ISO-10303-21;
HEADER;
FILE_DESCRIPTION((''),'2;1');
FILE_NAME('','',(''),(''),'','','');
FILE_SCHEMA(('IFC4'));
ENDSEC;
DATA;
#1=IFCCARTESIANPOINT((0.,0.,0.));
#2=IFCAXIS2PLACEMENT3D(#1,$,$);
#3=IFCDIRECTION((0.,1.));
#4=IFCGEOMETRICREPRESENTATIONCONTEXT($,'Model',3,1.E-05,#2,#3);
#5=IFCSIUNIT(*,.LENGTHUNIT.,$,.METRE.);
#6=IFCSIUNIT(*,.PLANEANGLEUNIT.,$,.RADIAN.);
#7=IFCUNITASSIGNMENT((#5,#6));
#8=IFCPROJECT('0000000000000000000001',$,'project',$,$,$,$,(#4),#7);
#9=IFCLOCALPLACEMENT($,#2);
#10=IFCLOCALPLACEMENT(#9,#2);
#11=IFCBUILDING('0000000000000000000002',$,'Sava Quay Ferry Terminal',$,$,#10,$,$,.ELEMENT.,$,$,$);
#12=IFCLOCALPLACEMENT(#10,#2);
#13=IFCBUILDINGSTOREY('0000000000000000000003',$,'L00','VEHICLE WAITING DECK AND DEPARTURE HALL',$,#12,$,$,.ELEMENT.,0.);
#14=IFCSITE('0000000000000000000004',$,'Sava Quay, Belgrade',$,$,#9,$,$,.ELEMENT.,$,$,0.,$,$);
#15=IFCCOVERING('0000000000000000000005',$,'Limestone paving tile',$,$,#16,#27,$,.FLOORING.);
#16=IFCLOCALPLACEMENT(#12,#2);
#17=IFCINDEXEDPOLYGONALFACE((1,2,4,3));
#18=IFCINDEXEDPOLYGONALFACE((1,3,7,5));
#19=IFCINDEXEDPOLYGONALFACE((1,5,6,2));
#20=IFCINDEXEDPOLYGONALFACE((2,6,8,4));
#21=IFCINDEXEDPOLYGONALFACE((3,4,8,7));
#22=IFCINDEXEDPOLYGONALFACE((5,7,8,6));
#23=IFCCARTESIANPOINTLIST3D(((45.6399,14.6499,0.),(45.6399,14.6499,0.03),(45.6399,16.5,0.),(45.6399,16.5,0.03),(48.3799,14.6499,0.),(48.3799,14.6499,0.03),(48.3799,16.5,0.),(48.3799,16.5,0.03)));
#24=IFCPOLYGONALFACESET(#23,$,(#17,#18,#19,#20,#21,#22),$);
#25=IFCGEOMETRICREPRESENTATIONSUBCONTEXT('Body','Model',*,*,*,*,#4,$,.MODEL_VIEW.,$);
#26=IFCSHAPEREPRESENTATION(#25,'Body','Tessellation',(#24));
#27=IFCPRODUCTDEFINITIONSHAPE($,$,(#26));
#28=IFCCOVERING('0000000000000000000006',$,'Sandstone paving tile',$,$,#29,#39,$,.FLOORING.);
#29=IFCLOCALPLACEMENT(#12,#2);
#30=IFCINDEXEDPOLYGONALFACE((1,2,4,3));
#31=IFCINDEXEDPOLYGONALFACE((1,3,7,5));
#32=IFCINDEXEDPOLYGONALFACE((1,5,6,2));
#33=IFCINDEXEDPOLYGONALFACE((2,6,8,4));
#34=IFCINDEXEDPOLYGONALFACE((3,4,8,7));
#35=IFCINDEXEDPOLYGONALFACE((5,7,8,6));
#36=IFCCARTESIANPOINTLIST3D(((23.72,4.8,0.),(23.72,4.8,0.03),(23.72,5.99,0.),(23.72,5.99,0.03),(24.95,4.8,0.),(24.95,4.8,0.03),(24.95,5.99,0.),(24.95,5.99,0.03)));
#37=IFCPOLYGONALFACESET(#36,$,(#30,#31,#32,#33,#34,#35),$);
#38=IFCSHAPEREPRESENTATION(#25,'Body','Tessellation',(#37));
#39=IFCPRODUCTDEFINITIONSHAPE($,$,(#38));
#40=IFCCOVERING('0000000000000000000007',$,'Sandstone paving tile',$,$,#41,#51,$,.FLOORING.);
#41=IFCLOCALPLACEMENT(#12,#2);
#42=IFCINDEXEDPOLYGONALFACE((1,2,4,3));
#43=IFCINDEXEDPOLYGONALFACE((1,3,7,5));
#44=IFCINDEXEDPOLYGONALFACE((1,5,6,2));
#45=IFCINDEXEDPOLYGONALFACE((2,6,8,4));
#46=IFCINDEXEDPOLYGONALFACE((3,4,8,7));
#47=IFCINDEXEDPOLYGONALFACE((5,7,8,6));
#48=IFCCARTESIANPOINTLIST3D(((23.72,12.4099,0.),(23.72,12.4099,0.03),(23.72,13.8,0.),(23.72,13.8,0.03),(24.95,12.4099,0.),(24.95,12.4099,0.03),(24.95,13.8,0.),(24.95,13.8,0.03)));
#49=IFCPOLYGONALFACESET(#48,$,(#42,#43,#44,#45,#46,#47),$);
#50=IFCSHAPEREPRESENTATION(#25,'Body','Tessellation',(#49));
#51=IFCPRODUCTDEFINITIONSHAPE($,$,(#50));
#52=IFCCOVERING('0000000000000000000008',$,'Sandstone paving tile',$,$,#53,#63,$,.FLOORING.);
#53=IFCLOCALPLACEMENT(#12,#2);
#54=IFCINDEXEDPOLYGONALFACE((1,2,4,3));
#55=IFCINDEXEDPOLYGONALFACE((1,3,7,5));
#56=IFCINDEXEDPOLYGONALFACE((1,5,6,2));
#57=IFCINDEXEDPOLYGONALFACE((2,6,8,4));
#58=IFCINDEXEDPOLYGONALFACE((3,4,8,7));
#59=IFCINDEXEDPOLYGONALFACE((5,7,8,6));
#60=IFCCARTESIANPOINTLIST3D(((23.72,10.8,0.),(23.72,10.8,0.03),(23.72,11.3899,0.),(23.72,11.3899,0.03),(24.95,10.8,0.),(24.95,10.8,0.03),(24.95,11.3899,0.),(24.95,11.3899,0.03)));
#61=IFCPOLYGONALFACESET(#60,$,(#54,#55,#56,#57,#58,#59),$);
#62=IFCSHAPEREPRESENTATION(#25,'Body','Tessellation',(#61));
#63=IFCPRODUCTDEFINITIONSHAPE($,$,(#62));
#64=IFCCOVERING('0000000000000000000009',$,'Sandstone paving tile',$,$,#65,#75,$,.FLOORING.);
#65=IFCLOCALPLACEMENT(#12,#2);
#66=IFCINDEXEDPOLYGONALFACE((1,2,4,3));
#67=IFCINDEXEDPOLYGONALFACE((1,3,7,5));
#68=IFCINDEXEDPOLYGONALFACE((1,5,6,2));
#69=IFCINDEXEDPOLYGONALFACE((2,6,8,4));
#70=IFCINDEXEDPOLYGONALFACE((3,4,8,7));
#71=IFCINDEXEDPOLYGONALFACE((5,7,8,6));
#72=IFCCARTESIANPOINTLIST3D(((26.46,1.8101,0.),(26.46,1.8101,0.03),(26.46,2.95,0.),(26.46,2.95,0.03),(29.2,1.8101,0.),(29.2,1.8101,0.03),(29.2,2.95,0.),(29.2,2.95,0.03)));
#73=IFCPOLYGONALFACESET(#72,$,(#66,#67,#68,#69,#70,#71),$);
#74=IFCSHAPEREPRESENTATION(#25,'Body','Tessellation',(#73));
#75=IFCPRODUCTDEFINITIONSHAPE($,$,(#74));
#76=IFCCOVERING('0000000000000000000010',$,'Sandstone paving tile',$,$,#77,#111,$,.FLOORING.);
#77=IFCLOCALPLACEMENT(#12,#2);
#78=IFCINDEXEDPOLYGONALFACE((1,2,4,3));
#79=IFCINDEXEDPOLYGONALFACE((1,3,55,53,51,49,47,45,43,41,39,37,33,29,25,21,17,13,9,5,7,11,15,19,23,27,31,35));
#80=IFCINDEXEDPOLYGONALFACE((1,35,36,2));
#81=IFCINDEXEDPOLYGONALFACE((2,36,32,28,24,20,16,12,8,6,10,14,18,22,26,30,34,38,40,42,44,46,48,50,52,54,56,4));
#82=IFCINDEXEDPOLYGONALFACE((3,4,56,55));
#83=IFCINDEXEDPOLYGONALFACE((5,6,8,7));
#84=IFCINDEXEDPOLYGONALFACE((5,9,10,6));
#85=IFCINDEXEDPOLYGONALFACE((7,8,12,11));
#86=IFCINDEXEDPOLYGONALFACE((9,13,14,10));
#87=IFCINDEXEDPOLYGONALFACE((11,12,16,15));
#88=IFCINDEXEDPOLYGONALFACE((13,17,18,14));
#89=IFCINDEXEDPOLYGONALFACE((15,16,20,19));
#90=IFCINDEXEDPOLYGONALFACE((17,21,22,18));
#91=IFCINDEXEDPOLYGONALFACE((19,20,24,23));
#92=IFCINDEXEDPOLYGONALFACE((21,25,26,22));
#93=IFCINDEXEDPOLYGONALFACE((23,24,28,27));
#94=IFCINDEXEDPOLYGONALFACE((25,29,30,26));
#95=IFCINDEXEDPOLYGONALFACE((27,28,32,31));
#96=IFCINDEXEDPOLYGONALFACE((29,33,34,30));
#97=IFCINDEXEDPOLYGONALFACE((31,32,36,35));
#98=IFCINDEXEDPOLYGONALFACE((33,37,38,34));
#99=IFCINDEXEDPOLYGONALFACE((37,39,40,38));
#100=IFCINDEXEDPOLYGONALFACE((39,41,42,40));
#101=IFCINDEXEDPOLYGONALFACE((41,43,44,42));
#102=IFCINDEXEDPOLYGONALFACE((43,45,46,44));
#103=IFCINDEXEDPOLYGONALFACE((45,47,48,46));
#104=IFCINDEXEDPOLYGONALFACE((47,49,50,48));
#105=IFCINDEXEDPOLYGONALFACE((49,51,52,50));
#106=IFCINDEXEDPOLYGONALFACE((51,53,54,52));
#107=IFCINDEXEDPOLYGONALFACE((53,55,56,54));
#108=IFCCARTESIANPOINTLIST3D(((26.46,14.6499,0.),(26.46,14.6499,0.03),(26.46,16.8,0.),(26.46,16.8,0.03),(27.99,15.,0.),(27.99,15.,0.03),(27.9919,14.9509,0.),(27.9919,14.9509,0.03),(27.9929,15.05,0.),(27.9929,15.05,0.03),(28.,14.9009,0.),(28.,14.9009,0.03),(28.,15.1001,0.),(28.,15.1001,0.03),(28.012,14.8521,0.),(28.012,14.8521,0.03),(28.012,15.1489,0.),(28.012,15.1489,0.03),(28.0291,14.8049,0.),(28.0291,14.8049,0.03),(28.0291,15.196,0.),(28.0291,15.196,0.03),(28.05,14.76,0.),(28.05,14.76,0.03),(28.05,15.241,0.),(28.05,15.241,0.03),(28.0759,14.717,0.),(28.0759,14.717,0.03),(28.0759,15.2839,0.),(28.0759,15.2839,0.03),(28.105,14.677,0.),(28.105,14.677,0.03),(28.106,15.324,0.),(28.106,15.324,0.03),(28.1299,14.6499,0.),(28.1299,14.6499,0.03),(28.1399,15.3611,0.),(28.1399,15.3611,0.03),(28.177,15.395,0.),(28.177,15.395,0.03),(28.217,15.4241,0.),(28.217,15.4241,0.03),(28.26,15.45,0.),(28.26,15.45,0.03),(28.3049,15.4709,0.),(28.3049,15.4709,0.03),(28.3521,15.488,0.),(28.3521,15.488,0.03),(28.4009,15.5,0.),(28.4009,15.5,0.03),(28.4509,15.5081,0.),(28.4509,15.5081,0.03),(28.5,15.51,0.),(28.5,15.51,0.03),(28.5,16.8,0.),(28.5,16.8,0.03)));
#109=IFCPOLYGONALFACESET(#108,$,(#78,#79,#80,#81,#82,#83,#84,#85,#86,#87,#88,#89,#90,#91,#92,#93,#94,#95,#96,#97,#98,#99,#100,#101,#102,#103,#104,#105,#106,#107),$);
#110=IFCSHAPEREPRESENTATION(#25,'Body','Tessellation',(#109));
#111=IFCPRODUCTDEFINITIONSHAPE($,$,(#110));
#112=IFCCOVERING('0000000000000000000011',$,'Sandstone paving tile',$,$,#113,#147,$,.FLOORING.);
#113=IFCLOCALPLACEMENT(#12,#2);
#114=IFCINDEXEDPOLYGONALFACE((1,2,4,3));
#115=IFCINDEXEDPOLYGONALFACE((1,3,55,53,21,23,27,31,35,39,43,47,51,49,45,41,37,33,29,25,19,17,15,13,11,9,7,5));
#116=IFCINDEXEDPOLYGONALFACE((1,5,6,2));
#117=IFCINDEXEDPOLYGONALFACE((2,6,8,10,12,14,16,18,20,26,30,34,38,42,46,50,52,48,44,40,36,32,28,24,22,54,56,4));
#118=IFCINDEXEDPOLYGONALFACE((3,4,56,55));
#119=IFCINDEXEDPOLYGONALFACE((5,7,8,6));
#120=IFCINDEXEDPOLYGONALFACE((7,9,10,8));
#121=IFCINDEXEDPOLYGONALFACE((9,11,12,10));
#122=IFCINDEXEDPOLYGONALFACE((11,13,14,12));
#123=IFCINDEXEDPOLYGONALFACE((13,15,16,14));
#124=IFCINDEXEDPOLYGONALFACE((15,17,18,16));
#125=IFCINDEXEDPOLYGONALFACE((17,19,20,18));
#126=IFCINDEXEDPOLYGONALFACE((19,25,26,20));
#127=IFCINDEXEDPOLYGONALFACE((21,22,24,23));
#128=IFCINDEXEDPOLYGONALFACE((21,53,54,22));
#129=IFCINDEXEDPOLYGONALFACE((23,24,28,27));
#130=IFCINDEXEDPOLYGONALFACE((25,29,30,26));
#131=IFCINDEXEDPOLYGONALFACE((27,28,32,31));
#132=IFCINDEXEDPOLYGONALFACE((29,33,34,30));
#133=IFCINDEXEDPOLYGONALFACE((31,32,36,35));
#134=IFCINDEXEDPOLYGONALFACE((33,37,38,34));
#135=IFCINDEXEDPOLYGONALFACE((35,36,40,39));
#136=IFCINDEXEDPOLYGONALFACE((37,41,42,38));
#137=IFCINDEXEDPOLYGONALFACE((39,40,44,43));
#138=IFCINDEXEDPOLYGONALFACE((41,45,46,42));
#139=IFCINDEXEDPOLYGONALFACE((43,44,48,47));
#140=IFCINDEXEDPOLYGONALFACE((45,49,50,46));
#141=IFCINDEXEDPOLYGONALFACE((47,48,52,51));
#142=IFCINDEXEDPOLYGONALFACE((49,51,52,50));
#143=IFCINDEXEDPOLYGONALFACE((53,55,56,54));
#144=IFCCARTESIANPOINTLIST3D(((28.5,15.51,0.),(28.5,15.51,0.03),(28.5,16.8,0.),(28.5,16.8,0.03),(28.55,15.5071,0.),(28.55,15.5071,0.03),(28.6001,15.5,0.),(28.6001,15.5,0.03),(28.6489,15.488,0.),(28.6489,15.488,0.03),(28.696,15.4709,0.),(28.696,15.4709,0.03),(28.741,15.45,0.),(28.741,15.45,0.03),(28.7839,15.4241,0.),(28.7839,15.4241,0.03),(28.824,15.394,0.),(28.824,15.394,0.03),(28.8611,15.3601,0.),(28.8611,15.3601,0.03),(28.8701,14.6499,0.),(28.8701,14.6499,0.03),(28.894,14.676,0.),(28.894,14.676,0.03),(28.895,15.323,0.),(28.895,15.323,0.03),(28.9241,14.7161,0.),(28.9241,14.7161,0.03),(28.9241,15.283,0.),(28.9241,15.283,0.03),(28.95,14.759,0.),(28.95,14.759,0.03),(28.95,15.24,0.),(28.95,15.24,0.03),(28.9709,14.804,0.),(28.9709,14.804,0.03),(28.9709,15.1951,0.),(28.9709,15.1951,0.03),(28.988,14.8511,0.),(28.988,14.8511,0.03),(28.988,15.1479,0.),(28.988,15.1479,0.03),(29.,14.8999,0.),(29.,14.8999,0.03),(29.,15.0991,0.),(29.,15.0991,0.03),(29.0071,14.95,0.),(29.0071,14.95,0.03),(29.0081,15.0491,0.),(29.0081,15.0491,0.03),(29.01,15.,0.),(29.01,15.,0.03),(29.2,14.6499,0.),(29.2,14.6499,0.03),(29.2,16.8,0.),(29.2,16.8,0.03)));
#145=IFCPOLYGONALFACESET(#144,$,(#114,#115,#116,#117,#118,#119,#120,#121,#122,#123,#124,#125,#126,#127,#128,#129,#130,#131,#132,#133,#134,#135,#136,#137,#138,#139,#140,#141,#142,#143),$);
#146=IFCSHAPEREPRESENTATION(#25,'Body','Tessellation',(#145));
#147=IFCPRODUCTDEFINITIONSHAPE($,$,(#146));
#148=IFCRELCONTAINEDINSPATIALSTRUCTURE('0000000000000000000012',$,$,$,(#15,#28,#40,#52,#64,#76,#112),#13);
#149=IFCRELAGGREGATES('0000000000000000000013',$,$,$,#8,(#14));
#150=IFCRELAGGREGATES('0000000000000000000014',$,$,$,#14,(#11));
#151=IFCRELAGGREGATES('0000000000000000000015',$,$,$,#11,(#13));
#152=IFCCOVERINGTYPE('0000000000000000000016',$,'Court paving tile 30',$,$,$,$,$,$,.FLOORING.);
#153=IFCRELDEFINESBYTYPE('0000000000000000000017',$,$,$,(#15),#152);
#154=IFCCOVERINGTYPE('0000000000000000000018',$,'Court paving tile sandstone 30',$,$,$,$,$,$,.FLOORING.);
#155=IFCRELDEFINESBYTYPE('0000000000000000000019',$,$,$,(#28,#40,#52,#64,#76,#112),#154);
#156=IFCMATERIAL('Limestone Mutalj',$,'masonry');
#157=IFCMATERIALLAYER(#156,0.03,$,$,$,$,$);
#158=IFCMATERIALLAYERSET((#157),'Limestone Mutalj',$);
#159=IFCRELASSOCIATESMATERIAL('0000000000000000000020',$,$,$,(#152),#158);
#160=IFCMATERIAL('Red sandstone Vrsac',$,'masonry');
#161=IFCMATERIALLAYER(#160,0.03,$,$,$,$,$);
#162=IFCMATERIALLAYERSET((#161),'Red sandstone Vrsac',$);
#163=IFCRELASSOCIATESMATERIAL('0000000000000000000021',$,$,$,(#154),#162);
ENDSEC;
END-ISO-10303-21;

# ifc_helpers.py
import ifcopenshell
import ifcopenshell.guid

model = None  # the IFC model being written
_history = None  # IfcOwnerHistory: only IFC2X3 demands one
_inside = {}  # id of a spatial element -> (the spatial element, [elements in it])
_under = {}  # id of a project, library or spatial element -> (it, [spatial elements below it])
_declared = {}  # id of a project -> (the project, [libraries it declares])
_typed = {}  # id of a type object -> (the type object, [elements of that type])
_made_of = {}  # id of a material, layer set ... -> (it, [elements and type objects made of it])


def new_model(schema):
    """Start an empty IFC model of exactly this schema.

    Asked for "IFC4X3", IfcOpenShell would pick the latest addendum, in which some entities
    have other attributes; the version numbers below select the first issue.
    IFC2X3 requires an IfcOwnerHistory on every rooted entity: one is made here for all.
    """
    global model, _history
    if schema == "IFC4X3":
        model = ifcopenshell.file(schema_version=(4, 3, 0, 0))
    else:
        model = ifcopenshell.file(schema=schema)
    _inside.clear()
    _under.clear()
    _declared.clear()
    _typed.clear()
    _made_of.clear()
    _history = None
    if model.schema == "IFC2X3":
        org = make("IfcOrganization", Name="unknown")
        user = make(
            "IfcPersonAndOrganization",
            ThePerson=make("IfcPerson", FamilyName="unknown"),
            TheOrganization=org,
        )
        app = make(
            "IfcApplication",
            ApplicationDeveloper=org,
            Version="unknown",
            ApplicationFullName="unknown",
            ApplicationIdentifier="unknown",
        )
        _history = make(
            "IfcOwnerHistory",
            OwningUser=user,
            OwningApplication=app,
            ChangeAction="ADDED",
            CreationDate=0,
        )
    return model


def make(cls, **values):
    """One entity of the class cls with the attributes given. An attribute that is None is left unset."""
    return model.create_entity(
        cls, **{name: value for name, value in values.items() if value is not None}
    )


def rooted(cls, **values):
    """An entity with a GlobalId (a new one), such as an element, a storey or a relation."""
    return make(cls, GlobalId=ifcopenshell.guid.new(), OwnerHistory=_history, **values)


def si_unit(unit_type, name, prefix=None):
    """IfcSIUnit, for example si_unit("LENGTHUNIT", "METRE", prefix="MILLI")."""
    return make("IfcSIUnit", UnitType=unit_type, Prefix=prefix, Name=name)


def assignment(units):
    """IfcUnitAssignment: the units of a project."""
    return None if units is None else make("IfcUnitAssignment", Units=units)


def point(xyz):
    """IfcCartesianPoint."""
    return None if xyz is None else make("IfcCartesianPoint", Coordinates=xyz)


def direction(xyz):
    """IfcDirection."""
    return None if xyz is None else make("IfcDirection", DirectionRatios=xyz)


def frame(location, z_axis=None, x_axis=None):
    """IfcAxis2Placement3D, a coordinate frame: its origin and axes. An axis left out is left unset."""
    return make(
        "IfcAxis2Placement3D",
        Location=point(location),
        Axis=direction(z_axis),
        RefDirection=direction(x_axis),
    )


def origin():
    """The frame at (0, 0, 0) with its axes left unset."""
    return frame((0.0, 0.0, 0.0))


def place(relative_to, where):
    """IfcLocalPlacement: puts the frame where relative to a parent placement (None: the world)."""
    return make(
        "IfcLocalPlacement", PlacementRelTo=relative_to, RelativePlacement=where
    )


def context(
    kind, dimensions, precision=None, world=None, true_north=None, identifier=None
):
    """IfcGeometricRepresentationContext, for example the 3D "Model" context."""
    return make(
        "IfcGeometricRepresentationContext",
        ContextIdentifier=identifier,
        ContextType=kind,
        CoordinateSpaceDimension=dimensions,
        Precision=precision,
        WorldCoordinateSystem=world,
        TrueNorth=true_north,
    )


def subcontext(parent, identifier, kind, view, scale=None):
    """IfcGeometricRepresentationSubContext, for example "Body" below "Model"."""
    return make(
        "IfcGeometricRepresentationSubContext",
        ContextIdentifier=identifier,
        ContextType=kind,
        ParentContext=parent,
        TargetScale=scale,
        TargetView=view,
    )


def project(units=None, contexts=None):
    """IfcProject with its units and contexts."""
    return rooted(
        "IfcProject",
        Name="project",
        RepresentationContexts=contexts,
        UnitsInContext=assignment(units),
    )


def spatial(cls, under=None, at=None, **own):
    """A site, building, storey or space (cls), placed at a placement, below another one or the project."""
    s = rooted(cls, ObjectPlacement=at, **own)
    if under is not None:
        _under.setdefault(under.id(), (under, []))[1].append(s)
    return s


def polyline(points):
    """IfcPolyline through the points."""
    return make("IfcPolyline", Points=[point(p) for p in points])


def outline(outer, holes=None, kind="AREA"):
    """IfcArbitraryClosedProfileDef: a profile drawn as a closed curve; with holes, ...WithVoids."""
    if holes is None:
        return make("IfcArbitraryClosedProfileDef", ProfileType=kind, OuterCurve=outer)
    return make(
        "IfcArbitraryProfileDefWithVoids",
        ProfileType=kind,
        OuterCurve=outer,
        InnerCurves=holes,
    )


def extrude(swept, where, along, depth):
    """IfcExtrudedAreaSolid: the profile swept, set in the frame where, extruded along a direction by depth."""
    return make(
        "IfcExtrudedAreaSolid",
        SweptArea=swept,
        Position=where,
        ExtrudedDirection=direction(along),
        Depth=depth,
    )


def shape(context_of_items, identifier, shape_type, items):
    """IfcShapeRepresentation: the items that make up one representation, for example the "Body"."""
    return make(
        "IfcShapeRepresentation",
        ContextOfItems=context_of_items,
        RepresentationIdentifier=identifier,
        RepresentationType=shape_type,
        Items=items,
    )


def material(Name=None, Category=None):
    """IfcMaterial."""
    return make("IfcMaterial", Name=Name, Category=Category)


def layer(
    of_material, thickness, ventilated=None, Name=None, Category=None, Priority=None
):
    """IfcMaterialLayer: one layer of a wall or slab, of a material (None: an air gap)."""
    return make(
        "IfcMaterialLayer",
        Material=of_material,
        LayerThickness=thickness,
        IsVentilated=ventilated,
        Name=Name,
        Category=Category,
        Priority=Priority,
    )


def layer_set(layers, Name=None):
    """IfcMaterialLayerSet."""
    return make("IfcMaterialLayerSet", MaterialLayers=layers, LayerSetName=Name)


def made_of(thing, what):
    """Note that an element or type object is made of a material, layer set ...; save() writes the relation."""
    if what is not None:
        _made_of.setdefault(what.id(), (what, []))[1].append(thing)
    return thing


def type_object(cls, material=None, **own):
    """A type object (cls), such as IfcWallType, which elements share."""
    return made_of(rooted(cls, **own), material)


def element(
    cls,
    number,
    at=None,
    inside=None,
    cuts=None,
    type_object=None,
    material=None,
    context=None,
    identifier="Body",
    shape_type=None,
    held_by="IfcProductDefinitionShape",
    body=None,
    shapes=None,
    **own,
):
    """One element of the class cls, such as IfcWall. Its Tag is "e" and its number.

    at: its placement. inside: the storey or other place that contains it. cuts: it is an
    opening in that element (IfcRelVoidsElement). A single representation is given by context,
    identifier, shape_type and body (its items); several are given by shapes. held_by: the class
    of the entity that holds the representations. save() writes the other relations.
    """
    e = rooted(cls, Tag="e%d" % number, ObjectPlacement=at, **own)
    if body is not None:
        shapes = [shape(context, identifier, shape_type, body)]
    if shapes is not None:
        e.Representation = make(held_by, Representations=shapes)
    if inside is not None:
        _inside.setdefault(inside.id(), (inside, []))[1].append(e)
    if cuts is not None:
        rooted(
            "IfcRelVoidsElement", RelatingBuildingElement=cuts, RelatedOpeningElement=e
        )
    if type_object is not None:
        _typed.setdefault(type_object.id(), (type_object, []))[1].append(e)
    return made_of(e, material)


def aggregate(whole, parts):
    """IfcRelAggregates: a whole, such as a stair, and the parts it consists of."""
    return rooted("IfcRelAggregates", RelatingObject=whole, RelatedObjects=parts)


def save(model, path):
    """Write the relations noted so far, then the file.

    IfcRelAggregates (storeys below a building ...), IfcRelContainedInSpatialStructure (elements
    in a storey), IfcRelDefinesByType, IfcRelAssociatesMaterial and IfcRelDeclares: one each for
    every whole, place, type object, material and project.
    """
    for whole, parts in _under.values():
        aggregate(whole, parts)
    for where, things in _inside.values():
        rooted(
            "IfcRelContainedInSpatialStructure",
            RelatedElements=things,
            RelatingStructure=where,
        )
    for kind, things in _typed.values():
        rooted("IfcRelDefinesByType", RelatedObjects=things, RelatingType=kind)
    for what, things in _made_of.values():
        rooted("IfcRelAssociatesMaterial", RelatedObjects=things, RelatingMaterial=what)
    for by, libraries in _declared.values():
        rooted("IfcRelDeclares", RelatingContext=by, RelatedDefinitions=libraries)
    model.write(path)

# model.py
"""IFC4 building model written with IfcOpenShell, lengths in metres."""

from ifc_helpers import new_model, si_unit, direction, origin, place, context, subcontext, project, spatial, polyline, outline, extrude, material, layer, layer_set, type_object, element, save


model = new_model("IFC4")

# Units and contexts
model_context = context("Model", 3, precision=1e-05, world=origin(), true_north=direction((0.0, 1.0)))
body_context = subcontext(model_context, "Body", "Model", "MODEL_VIEW")
ifc_project = project(units=[si_unit("LENGTHUNIT", "METRE"), si_unit("PLANEANGLEUNIT", "RADIAN")], contexts=[model_context])

# Site, building, storey
site_placement = place(None, origin())
site = spatial("IfcSite", under=ifc_project, at=site_placement, Name="Sava Quay, Belgrade", CompositionType="ELEMENT", RefElevation=0.0)
building_placement = place(site_placement, origin())
building = spatial("IfcBuilding", under=site, at=building_placement, Name="Sava Quay Ferry Terminal", CompositionType="ELEMENT")
storey_placement = place(building_placement, origin())
storey = spatial("IfcBuildingStorey", under=building, at=storey_placement, Name="L00", Description="VEHICLE WAITING DECK AND DEPARTURE HALL", CompositionType="ELEMENT", Elevation=0.0)

# Coverings
ifc_material_1 = material(Name="Limestone Mutalj", Category="masonry")
ifc_layer_1 = layer(ifc_material_1, 0.03)
ifc_layer_set_1 = layer_set([ifc_layer_1], Name="Limestone Mutalj")
covering_type_1 = type_object("IfcCoveringType", Name="Court paving tile 30", PredefinedType="FLOORING", material=ifc_layer_set_1)
covering_1_placement = place(storey_placement, origin())
element("IfcCovering", 1, at=covering_1_placement, inside=storey, type_object=covering_type_1, Name="Limestone paving tile", PredefinedType="FLOORING", context=body_context, shape_type="SweptSolid", body=[
    extrude(outline(polyline([(45.6399, 16.5), (45.6399, 14.6499), (48.3799, 14.6499), (48.3799, 16.5), (45.6399, 16.5)])), origin(), (0.0, 0.0, 1.0), 0.03),
])
ifc_material_2 = material(Name="Red sandstone Vrsac", Category="masonry")
ifc_layer_2 = layer(ifc_material_2, 0.03)
ifc_layer_set_2 = layer_set([ifc_layer_2], Name="Red sandstone Vrsac")
covering_type_2 = type_object("IfcCoveringType", Name="Court paving tile sandstone 30", PredefinedType="FLOORING", material=ifc_layer_set_2)
covering_2_placement = place(storey_placement, origin())
element("IfcCovering", 2, at=covering_2_placement, inside=storey, type_object=covering_type_2, Name="Sandstone paving tile", PredefinedType="FLOORING", context=body_context, shape_type="SweptSolid", body=[
    extrude(outline(polyline([(23.72, 5.99), (23.72, 4.8), (24.95, 4.8), (24.95, 5.99), (23.72, 5.99)])), origin(), (0.0, 0.0, 1.0), 0.03),
])
covering_3_placement = place(storey_placement, origin())
element("IfcCovering", 3, at=covering_3_placement, inside=storey, type_object=covering_type_2, Name="Sandstone paving tile", PredefinedType="FLOORING", context=body_context, shape_type="SweptSolid", body=[
    extrude(outline(polyline([(24.95, 13.8), (23.72, 13.8), (23.72, 12.4099), (24.95, 12.4099), (24.95, 13.8)])), origin(), (0.0, 0.0, 1.0), 0.03),
])
covering_4_placement = place(storey_placement, origin())
element("IfcCovering", 4, at=covering_4_placement, inside=storey, type_object=covering_type_2, Name="Sandstone paving tile", PredefinedType="FLOORING", context=body_context, shape_type="SweptSolid", body=[
    extrude(outline(polyline([(23.72, 11.3899), (23.72, 10.8), (24.95, 10.8), (24.95, 11.3899), (23.72, 11.3899)])), origin(), (0.0, 0.0, 1.0), 0.03),
])
covering_5_placement = place(storey_placement, origin())
element("IfcCovering", 5, at=covering_5_placement, inside=storey, type_object=covering_type_2, Name="Sandstone paving tile", PredefinedType="FLOORING", context=body_context, shape_type="SweptSolid", body=[
    extrude(outline(polyline([(26.46, 1.8101), (29.2, 1.8101), (29.2, 2.95), (26.46, 2.95), (26.46, 1.8101)])), origin(), (0.0, 0.0, 1.0), 0.03),
])
covering_6_placement = place(storey_placement, origin())
element("IfcCovering", 6, at=covering_6_placement, inside=storey, type_object=covering_type_2, Name="Sandstone paving tile", PredefinedType="FLOORING", context=body_context, shape_type="SweptSolid", body=[
    extrude(outline(polyline([(28.5, 15.51), (28.5, 16.8), (26.46, 16.8), (26.46, 14.6499), (28.1299, 14.6499), (28.105, 14.677), (28.0759, 14.717), (28.05, 14.76), (28.0291, 14.8049), (28.012, 14.8521), (28.0, 14.9009), (27.9919, 14.9509), (27.99, 15.0), (27.9929, 15.05), (28.0, 15.1001), (28.012, 15.1489), (28.0291, 15.196), (28.05, 15.241), (28.0759, 15.2839), (28.106, 15.324), (28.1399, 15.3611), (28.177, 15.395), (28.217, 15.4241), (28.26, 15.45), (28.3049, 15.4709), (28.3521, 15.488), (28.4009, 15.5), (28.4509, 15.5081), (28.5, 15.51)])), origin(), (0.0, 0.0, 1.0), 0.03),
])
covering_7_placement = place(storey_placement, origin())
element("IfcCovering", 7, at=covering_7_placement, inside=storey, type_object=covering_type_2, Name="Sandstone paving tile", PredefinedType="FLOORING", context=body_context, shape_type="SweptSolid", body=[
    extrude(outline(polyline([(29.2, 14.6499), (29.2, 16.8), (28.5, 16.8), (28.5, 15.51), (28.55, 15.5071), (28.6001, 15.5), (28.6489, 15.488), (28.696, 15.4709), (28.741, 15.45), (28.7839, 15.4241), (28.824, 15.394), (28.8611, 15.3601), (28.895, 15.323), (28.9241, 15.283), (28.95, 15.24), (28.9709, 15.1951), (28.988, 15.1479), (29.0, 15.0991), (29.0081, 15.0491), (29.01, 15.0), (29.0071, 14.95), (29.0, 14.8999), (28.988, 14.8511), (28.9709, 14.804), (28.95, 14.759), (28.9241, 14.7161), (28.894, 14.676), (28.8701, 14.6499), (29.2, 14.6499)])), origin(), (0.0, 0.0, 1.0), 0.03),
])

save(model, "model.ifc")
